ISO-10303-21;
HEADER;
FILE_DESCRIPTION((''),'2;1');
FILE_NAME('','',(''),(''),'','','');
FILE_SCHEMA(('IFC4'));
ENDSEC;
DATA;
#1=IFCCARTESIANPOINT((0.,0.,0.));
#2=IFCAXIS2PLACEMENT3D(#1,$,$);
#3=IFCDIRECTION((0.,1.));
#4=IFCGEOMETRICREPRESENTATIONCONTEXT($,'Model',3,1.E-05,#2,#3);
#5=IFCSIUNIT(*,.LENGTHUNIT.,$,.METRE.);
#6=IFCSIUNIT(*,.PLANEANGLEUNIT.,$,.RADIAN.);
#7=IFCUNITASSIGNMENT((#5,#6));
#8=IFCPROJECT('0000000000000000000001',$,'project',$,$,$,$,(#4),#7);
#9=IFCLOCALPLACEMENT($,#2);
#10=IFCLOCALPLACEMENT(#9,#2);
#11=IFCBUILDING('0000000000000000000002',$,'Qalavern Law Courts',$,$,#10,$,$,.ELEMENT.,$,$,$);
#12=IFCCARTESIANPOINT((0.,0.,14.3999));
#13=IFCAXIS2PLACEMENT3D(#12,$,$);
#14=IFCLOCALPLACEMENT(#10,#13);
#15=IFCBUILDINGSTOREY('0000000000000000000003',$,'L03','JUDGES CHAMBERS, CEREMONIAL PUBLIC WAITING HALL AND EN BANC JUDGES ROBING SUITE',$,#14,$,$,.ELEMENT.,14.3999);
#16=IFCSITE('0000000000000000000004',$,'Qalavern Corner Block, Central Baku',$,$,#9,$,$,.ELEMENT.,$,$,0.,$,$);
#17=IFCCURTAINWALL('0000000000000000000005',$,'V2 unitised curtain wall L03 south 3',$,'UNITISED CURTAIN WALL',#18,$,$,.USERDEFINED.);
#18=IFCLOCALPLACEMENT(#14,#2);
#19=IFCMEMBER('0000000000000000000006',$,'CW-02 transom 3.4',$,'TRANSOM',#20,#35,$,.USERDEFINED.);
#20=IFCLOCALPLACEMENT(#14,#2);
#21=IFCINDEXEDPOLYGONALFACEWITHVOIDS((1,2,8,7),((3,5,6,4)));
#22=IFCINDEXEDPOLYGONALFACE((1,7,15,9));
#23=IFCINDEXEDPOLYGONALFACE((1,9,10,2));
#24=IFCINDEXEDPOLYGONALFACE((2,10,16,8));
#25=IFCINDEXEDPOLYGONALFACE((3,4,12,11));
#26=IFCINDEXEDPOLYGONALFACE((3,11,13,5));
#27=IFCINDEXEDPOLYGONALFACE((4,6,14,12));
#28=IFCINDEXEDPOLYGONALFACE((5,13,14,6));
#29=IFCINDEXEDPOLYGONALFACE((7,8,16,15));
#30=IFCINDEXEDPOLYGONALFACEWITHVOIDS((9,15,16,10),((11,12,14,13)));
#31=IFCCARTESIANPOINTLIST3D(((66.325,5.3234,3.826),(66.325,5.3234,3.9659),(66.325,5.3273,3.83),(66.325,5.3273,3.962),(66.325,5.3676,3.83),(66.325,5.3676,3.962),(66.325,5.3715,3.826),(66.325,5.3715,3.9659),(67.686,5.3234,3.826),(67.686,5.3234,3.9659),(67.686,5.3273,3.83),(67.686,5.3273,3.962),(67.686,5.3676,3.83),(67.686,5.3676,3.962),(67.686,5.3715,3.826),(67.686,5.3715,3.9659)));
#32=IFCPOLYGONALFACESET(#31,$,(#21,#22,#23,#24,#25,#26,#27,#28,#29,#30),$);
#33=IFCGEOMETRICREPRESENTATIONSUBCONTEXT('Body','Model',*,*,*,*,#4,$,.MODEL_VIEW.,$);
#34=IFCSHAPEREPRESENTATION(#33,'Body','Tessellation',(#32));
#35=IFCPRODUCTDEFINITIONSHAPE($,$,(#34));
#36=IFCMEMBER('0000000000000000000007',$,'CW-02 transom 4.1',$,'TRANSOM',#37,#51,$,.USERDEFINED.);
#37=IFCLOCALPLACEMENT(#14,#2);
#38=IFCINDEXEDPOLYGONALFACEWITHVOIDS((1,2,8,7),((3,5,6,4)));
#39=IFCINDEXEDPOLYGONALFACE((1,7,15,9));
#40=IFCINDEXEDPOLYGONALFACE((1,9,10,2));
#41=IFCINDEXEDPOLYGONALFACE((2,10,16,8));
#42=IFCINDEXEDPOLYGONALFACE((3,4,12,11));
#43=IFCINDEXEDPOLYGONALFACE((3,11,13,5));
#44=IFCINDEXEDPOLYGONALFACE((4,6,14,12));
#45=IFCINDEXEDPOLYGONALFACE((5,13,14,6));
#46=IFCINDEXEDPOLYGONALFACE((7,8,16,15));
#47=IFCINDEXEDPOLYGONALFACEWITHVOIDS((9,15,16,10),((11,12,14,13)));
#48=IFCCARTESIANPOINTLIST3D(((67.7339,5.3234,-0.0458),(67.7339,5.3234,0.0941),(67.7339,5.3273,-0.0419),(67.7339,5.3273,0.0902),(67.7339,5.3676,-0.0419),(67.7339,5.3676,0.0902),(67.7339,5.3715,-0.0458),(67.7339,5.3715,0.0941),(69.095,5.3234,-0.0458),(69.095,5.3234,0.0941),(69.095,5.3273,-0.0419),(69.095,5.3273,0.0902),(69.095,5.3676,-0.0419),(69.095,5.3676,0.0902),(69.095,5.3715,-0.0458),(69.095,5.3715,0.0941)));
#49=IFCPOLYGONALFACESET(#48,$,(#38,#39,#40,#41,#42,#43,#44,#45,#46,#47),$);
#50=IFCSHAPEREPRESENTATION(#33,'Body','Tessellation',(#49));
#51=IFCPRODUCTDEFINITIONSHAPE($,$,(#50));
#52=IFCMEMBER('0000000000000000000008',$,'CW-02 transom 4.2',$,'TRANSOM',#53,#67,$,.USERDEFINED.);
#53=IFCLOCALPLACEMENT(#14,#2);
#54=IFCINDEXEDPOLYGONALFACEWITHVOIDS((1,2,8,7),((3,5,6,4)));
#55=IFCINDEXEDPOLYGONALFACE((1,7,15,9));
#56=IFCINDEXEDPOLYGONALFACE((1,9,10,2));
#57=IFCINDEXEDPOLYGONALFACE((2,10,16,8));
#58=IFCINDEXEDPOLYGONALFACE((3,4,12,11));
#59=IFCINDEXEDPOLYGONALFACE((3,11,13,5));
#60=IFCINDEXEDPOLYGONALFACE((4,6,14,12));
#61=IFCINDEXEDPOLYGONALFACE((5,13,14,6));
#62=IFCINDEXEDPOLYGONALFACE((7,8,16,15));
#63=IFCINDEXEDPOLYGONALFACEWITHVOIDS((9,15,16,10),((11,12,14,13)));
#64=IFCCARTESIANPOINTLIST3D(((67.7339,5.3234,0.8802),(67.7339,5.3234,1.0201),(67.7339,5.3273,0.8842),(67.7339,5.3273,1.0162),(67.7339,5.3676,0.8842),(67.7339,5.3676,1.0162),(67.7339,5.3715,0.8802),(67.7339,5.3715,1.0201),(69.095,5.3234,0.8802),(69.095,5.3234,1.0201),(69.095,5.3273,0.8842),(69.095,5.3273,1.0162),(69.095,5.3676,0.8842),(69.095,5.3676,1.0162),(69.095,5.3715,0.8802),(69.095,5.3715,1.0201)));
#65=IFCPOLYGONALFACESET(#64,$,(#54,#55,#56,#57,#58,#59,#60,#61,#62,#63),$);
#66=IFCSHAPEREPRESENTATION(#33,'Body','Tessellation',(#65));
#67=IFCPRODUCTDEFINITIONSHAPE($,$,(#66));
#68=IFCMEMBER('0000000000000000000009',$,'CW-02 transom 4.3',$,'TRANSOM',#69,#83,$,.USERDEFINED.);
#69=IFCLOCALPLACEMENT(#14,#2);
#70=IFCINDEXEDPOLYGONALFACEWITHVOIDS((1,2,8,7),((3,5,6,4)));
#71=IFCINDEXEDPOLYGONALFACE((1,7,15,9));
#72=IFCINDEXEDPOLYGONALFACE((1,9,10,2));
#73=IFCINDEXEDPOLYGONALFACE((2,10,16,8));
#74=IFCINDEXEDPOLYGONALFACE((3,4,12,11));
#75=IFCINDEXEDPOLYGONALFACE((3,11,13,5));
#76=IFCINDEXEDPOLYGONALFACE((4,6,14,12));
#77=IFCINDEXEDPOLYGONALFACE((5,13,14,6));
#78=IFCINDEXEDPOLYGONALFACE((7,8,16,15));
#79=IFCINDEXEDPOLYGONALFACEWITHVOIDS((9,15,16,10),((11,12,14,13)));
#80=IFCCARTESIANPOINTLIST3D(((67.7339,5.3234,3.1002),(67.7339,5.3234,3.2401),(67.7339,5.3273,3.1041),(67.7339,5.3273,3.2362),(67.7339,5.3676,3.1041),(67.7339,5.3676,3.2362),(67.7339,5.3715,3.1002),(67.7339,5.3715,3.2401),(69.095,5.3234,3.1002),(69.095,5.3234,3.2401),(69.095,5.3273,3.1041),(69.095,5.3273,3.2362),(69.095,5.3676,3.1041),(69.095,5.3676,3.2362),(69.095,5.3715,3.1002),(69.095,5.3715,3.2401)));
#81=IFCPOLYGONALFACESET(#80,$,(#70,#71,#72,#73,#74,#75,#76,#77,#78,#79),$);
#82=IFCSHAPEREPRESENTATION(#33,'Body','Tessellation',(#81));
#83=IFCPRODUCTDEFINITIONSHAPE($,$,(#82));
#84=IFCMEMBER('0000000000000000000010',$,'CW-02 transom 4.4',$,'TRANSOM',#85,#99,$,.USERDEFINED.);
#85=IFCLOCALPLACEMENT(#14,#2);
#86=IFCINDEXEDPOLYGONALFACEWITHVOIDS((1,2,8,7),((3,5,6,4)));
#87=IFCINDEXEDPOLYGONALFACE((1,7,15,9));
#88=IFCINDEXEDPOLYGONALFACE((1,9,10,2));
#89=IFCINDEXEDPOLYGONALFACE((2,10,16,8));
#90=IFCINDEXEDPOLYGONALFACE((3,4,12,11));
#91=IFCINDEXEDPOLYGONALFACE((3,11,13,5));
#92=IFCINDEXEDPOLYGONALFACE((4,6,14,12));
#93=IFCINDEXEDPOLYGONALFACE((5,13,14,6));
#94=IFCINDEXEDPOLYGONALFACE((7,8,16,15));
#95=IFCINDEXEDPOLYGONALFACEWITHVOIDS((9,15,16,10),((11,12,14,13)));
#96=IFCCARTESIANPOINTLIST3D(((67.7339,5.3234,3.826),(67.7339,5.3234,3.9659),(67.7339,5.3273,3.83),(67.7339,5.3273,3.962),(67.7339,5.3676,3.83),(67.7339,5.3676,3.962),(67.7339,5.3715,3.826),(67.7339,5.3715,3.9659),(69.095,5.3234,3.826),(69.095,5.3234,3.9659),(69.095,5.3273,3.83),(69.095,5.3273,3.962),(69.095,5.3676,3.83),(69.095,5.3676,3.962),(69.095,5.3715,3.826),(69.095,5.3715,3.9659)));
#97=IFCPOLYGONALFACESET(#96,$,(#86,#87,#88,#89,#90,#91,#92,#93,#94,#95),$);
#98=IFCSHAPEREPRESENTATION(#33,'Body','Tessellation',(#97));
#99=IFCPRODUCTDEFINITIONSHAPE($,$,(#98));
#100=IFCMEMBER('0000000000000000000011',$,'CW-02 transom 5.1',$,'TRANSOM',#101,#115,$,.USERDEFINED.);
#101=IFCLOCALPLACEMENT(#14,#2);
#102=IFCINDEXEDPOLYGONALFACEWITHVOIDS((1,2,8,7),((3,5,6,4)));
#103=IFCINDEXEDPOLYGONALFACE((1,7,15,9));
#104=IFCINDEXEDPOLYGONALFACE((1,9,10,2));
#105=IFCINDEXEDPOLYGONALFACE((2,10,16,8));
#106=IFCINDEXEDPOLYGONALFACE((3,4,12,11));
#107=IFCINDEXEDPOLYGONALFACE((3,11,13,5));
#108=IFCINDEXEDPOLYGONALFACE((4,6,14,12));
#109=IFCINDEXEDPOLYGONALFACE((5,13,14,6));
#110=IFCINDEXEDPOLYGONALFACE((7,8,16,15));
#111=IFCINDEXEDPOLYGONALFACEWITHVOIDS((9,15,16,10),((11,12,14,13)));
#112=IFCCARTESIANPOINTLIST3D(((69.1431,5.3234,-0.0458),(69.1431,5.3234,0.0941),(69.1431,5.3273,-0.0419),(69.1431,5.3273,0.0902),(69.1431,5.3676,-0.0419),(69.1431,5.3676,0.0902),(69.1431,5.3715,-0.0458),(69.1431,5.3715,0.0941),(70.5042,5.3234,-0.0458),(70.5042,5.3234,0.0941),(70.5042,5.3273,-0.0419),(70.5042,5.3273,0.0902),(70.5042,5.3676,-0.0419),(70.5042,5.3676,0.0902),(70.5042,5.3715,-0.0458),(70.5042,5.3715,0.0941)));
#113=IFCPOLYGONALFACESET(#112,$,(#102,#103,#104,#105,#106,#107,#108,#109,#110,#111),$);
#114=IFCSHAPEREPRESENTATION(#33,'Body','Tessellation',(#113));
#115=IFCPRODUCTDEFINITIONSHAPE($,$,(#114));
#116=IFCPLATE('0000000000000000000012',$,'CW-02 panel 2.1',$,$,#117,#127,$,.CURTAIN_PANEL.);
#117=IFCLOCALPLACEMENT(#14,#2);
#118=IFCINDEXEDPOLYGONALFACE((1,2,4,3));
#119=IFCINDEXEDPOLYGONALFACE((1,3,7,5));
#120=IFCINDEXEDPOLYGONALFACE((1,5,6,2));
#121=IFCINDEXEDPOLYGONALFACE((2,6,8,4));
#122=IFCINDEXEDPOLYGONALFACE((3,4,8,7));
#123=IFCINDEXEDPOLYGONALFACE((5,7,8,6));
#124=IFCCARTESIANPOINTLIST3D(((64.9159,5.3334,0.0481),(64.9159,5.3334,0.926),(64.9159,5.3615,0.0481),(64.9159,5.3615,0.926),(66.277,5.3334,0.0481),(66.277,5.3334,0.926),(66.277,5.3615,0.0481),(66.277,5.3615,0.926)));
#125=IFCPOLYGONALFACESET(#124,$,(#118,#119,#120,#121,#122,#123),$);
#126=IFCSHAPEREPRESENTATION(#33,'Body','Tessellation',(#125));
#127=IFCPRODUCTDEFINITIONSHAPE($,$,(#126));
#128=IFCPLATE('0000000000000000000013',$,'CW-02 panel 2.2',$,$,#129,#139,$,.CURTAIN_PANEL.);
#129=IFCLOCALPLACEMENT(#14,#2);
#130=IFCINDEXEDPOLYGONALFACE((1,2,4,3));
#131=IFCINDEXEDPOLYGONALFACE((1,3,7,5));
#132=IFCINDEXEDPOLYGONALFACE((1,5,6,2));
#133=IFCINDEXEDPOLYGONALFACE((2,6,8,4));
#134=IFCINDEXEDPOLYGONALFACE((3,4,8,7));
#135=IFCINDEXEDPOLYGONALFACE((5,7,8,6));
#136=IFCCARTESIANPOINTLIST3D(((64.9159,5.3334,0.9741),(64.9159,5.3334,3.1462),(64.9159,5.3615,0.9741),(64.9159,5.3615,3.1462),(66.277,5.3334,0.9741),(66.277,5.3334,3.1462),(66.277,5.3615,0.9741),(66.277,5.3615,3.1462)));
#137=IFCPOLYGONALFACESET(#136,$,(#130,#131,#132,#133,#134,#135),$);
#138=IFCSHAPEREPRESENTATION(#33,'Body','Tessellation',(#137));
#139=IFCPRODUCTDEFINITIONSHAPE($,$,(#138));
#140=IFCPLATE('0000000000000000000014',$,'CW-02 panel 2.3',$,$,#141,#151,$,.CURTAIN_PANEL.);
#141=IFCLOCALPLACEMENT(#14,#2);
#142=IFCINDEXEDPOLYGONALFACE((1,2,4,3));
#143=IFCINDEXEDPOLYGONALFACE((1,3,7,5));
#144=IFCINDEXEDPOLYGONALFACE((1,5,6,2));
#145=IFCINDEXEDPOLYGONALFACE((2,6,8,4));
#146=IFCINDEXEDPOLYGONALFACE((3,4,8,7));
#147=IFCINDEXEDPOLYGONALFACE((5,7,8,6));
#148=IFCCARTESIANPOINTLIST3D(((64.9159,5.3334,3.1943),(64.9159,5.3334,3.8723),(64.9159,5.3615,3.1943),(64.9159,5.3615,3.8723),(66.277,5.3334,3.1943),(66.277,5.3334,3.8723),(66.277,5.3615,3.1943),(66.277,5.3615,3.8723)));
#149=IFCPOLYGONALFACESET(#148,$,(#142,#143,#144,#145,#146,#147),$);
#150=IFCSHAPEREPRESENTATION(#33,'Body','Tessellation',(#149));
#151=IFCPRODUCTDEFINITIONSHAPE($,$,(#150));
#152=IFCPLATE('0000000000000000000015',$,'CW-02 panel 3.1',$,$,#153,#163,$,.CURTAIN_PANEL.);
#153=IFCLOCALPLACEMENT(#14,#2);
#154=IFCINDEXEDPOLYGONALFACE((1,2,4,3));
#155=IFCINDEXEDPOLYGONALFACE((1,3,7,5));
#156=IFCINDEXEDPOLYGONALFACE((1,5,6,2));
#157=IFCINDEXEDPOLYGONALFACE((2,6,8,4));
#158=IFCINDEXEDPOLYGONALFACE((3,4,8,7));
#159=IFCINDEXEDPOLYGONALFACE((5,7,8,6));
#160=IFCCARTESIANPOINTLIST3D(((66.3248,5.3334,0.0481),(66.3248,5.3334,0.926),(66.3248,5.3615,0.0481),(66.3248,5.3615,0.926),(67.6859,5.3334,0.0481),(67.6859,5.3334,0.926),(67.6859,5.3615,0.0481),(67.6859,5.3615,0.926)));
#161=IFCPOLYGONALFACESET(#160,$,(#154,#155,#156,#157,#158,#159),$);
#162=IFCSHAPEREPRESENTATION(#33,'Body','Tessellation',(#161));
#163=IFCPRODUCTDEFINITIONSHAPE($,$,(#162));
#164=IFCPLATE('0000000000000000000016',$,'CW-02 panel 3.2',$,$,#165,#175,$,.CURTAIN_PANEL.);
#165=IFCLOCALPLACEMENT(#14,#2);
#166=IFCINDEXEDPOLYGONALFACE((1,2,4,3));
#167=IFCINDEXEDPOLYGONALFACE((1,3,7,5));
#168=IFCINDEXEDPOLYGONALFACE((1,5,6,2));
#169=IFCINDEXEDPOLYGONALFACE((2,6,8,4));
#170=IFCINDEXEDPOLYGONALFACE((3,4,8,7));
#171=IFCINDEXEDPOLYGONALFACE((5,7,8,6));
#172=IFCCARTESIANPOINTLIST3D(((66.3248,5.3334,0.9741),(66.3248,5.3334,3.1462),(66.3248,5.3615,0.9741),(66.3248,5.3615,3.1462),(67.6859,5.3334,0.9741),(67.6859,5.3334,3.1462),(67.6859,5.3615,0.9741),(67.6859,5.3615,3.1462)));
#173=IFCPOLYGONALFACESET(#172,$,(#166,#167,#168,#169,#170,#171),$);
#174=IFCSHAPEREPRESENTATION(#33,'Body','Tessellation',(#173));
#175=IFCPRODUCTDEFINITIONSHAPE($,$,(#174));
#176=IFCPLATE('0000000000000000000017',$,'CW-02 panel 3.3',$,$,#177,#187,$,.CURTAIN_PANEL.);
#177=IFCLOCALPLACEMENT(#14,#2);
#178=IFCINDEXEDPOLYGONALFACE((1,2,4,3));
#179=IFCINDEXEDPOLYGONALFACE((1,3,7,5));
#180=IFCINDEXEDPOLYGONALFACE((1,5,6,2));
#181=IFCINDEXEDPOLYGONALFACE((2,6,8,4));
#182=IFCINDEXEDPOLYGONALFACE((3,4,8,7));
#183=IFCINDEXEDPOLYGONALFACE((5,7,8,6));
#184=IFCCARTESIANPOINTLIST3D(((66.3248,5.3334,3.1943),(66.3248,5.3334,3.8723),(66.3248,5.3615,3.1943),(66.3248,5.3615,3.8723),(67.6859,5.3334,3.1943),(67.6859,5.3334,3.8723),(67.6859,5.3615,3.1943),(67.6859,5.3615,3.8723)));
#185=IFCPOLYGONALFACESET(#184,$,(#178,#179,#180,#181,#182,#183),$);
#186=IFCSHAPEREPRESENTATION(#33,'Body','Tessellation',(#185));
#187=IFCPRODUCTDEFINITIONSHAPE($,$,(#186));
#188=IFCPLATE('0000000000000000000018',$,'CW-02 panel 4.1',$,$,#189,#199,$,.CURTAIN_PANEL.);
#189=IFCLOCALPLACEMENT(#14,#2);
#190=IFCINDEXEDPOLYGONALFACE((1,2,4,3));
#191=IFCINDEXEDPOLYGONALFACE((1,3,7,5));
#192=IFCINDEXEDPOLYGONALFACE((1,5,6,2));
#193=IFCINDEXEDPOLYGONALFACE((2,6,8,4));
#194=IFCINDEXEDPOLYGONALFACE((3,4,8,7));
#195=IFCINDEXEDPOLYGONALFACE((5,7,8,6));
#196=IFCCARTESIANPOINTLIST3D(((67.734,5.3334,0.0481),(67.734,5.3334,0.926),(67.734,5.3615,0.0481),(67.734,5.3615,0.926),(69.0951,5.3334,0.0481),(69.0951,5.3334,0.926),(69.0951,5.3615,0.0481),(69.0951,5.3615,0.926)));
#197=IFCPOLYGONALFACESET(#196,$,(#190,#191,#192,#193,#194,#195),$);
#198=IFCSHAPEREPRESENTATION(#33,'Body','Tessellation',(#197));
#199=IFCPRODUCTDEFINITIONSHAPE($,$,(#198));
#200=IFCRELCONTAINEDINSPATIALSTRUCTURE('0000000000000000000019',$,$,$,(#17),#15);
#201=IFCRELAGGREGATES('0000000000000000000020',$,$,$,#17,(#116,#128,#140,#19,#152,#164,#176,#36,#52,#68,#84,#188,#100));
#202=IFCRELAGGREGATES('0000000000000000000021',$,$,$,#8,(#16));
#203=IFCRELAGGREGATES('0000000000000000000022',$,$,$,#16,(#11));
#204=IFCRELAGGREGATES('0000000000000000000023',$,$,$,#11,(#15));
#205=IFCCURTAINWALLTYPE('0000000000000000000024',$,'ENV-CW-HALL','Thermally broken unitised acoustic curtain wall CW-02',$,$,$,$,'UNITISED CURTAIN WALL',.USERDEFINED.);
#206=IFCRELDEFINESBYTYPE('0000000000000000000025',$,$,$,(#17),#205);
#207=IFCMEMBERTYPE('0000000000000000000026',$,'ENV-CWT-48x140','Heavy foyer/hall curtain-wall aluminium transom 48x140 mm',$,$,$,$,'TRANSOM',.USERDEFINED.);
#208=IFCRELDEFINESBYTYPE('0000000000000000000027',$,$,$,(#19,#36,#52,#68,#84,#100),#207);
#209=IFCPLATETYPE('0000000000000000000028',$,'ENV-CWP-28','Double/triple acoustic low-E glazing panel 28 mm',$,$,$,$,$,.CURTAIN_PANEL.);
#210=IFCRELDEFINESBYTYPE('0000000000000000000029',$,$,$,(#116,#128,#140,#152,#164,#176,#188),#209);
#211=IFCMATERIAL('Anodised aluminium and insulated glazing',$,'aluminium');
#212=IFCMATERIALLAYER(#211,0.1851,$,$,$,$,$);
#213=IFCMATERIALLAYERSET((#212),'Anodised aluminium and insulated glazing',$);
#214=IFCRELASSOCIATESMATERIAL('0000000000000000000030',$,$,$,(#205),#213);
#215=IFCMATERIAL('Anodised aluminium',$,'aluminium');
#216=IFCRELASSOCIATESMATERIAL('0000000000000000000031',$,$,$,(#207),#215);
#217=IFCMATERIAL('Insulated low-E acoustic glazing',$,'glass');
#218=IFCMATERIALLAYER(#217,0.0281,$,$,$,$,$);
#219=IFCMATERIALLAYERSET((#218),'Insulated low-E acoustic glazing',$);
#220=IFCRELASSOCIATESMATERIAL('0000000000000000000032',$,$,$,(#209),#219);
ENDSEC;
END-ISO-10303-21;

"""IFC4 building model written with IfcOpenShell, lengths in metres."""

from ifc_helpers import new_model, si_unit, direction, frame, origin, origin_2d, place, context, subcontext, project, spatial, rectangle, hollow_rectangle, extrude, material, layer, layer_set, material_profile, profile_set, type_object, element, aggregate, save


model = new_model("IFC4")

# Units and contexts
model_context = context("Model", 3, precision=1e-05, world=origin(), true_north=direction((0.0, 1.0)))
body_context = subcontext(model_context, "Body", "Model", "MODEL_VIEW")
ifc_project = project(units=[si_unit("LENGTHUNIT", "METRE"), si_unit("PLANEANGLEUNIT", "RADIAN")], contexts=[model_context])

# Site, building, storey
site_placement = place(None, origin())
site = spatial("IfcSite", under=ifc_project, at=site_placement, Name="Qalavern Corner Block, Central Baku", CompositionType="ELEMENT", RefElevation=0.0)
building_placement = place(site_placement, origin())
building = spatial("IfcBuilding", under=site, at=building_placement, Name="Qalavern Law Courts", CompositionType="ELEMENT")
storey_placement = place(building_placement, frame((0.0, 0.0, 14.3999)))
storey = spatial("IfcBuildingStorey", under=building, at=storey_placement, Name="L03", Description="JUDGES CHAMBERS, CEREMONIAL PUBLIC WAITING HALL AND EN BANC JUDGES ROBING SUITE", CompositionType="ELEMENT", Elevation=14.3999)

# Curtain wall, members, plates
ifc_material_1 = material(Name="Anodised aluminium and insulated glazing", Category="aluminium")
ifc_layer_1 = layer(ifc_material_1, 0.1851)
ifc_layer_set_1 = layer_set([ifc_layer_1], Name="Anodised aluminium and insulated glazing")
curtain_wall_type = type_object("IfcCurtainWallType", Name="ENV-CW-HALL", Description="Thermally broken unitised acoustic curtain wall CW-02", ElementType="UNITISED CURTAIN WALL", PredefinedType="USERDEFINED", material=ifc_layer_set_1)
curtain_wall_placement = place(storey_placement, origin())
curtain_wall = element("IfcCurtainWall", 1, at=curtain_wall_placement, inside=storey, type_object=curtain_wall_type, Name="V2 unitised curtain wall L03 south 3", ObjectType="UNITISED CURTAIN WALL", PredefinedType="USERDEFINED")
ifc_material_2 = material(Name="Anodised aluminium", Category="aluminium")
ifc_material_profile_1 = material_profile(ifc_material_2, hollow_rectangle(XDim=0.0481, YDim=0.1399, WallThickness=0.0039, at=origin_2d()), Name="ALU TRANSOM 48x140")
ifc_profile_set_1 = profile_set([ifc_material_profile_1], Name="Anodised aluminium")
member_type_1 = type_object("IfcMemberType", Name="ENV-CWT-48x140", Description="Heavy foyer/hall curtain-wall aluminium transom 48x140 mm", ElementType="TRANSOM", PredefinedType="USERDEFINED", material=ifc_profile_set_1)
member_1_placement = place(storey_placement, frame((66.325, 5.3474, 3.896), z_axis=(1.0, 0.0, 0.0), x_axis=(0.0, 1.0, 0.0)))
member_1 = element("IfcMember", 2, at=member_1_placement, type_object=member_type_1, Name="CW-02 transom 3.4", ObjectType="TRANSOM", PredefinedType="USERDEFINED", context=body_context, shape_type="SweptSolid", body=[
    extrude(hollow_rectangle(XDim=0.0481, YDim=0.1399, WallThickness=0.0039, at=origin_2d()), origin(), (0.0, 0.0, 1.0), 1.3611),
])
member_2_placement = place(storey_placement, frame((67.7339, 5.3474, 0.0242), z_axis=(1.0, 0.0, 0.0), x_axis=(0.0, 1.0, 0.0)))
member_2 = element("IfcMember", 3, at=member_2_placement, type_object=member_type_1, Name="CW-02 transom 4.1", ObjectType="TRANSOM", PredefinedType="USERDEFINED", context=body_context, shape_type="SweptSolid", body=[
    extrude(hollow_rectangle(XDim=0.0481, YDim=0.1399, WallThickness=0.0039, at=origin_2d()), origin(), (0.0, 0.0, 1.0), 1.3611),
])
member_3_placement = place(storey_placement, frame((67.7339, 5.3474, 0.9502), z_axis=(1.0, 0.0, 0.0), x_axis=(0.0, 1.0, 0.0)))
member_3 = element("IfcMember", 4, at=member_3_placement, type_object=member_type_1, Name="CW-02 transom 4.2", ObjectType="TRANSOM", PredefinedType="USERDEFINED", context=body_context, shape_type="SweptSolid", body=[
    extrude(hollow_rectangle(XDim=0.0481, YDim=0.1399, WallThickness=0.0039, at=origin_2d()), origin(), (0.0, 0.0, 1.0), 1.3611),
])
member_4_placement = place(storey_placement, frame((67.7339, 5.3474, 3.1702), z_axis=(1.0, 0.0, 0.0), x_axis=(0.0, 1.0, 0.0)))
member_4 = element("IfcMember", 5, at=member_4_placement, type_object=member_type_1, Name="CW-02 transom 4.3", ObjectType="TRANSOM", PredefinedType="USERDEFINED", context=body_context, shape_type="SweptSolid", body=[
    extrude(hollow_rectangle(XDim=0.0481, YDim=0.1399, WallThickness=0.0039, at=origin_2d()), origin(), (0.0, 0.0, 1.0), 1.3611),
])
member_5_placement = place(storey_placement, frame((67.7339, 5.3474, 3.896), z_axis=(1.0, 0.0, 0.0), x_axis=(0.0, 1.0, 0.0)))
member_5 = element("IfcMember", 6, at=member_5_placement, type_object=member_type_1, Name="CW-02 transom 4.4", ObjectType="TRANSOM", PredefinedType="USERDEFINED", context=body_context, shape_type="SweptSolid", body=[
    extrude(hollow_rectangle(XDim=0.0481, YDim=0.1399, WallThickness=0.0039, at=origin_2d()), origin(), (0.0, 0.0, 1.0), 1.3611),
])
member_6_placement = place(storey_placement, frame((69.1431, 5.3474, 0.0242), z_axis=(1.0, 0.0, 0.0), x_axis=(0.0, 1.0, 0.0)))
member_6 = element("IfcMember", 7, at=member_6_placement, type_object=member_type_1, Name="CW-02 transom 5.1", ObjectType="TRANSOM", PredefinedType="USERDEFINED", context=body_context, shape_type="SweptSolid", body=[
    extrude(hollow_rectangle(XDim=0.0481, YDim=0.1399, WallThickness=0.0039, at=origin_2d()), origin(), (0.0, 0.0, 1.0), 1.3611),
])
ifc_material_3 = material(Name="Insulated low-E acoustic glazing", Category="glass")
ifc_layer_2 = layer(ifc_material_3, 0.0281)
ifc_layer_set_2 = layer_set([ifc_layer_2], Name="Insulated low-E acoustic glazing")
plate_type = type_object("IfcPlateType", Name="ENV-CWP-28", Description="Double/triple acoustic low-E glazing panel 28 mm", PredefinedType="CURTAIN_PANEL", material=ifc_layer_set_2)
plate_1_placement = place(storey_placement, frame((65.5964, 5.3474, 0.0481), z_axis=(0.0, 0.0, 1.0), x_axis=(1.0, 0.0, 0.0)))
plate_1 = element("IfcPlate", 8, at=plate_1_placement, type_object=plate_type, Name="CW-02 panel 2.1", PredefinedType="CURTAIN_PANEL", context=body_context, shape_type="SweptSolid", body=[
    extrude(rectangle(XDim=1.3611, YDim=0.0281, at=origin_2d()), origin(), (0.0, 0.0, 1.0), 0.8779),
])
plate_2_placement = place(storey_placement, frame((65.5964, 5.3474, 0.9741), z_axis=(0.0, 0.0, 1.0), x_axis=(1.0, 0.0, 0.0)))
plate_2 = element("IfcPlate", 9, at=plate_2_placement, type_object=plate_type, Name="CW-02 panel 2.2", PredefinedType="CURTAIN_PANEL", context=body_context, shape_type="SweptSolid", body=[
    extrude(rectangle(XDim=1.3611, YDim=0.0281, at=origin_2d()), origin(), (0.0, 0.0, 1.0), 2.1721),
])
plate_3_placement = place(storey_placement, frame((65.5964, 5.3474, 3.1943), z_axis=(0.0, 0.0, 1.0), x_axis=(1.0, 0.0, 0.0)))
plate_3 = element("IfcPlate", 10, at=plate_3_placement, type_object=plate_type, Name="CW-02 panel 2.3", PredefinedType="CURTAIN_PANEL", context=body_context, shape_type="SweptSolid", body=[
    extrude(rectangle(XDim=1.3611, YDim=0.0281, at=origin_2d()), origin(), (0.0, 0.0, 1.0), 0.678),
])
plate_4_placement = place(storey_placement, frame((67.0054, 5.3474, 0.0481), z_axis=(0.0, 0.0, 1.0), x_axis=(1.0, 0.0, 0.0)))
plate_4 = element("IfcPlate", 11, at=plate_4_placement, type_object=plate_type, Name="CW-02 panel 3.1", PredefinedType="CURTAIN_PANEL", context=body_context, shape_type="SweptSolid", body=[
    extrude(rectangle(XDim=1.3611, YDim=0.0281, at=origin_2d()), origin(), (0.0, 0.0, 1.0), 0.8779),
])
plate_5_placement = place(storey_placement, frame((67.0054, 5.3474, 0.9741), z_axis=(0.0, 0.0, 1.0), x_axis=(1.0, 0.0, 0.0)))
plate_5 = element("IfcPlate", 12, at=plate_5_placement, type_object=plate_type, Name="CW-02 panel 3.2", PredefinedType="CURTAIN_PANEL", context=body_context, shape_type="SweptSolid", body=[
    extrude(rectangle(XDim=1.3611, YDim=0.0281, at=origin_2d()), origin(), (0.0, 0.0, 1.0), 2.1721),
])
plate_6_placement = place(storey_placement, frame((67.0054, 5.3474, 3.1943), z_axis=(0.0, 0.0, 1.0), x_axis=(1.0, 0.0, 0.0)))
plate_6 = element("IfcPlate", 13, at=plate_6_placement, type_object=plate_type, Name="CW-02 panel 3.3", PredefinedType="CURTAIN_PANEL", context=body_context, shape_type="SweptSolid", body=[
    extrude(rectangle(XDim=1.3611, YDim=0.0281, at=origin_2d()), origin(), (0.0, 0.0, 1.0), 0.678),
])
plate_7_placement = place(storey_placement, frame((68.4146, 5.3474, 0.0481), z_axis=(0.0, 0.0, 1.0), x_axis=(1.0, 0.0, 0.0)))
plate_7 = element("IfcPlate", 14, at=plate_7_placement, type_object=plate_type, Name="CW-02 panel 4.1", PredefinedType="CURTAIN_PANEL", context=body_context, shape_type="SweptSolid", body=[
    extrude(rectangle(XDim=1.3611, YDim=0.0281, at=origin_2d()), origin(), (0.0, 0.0, 1.0), 0.8779),
])
aggregate(curtain_wall, [plate_1, plate_2, plate_3, member_1, plate_4, plate_5, plate_6, member_2, member_3, member_4, member_5, plate_7, member_6])

save(model, "model.ifc")
